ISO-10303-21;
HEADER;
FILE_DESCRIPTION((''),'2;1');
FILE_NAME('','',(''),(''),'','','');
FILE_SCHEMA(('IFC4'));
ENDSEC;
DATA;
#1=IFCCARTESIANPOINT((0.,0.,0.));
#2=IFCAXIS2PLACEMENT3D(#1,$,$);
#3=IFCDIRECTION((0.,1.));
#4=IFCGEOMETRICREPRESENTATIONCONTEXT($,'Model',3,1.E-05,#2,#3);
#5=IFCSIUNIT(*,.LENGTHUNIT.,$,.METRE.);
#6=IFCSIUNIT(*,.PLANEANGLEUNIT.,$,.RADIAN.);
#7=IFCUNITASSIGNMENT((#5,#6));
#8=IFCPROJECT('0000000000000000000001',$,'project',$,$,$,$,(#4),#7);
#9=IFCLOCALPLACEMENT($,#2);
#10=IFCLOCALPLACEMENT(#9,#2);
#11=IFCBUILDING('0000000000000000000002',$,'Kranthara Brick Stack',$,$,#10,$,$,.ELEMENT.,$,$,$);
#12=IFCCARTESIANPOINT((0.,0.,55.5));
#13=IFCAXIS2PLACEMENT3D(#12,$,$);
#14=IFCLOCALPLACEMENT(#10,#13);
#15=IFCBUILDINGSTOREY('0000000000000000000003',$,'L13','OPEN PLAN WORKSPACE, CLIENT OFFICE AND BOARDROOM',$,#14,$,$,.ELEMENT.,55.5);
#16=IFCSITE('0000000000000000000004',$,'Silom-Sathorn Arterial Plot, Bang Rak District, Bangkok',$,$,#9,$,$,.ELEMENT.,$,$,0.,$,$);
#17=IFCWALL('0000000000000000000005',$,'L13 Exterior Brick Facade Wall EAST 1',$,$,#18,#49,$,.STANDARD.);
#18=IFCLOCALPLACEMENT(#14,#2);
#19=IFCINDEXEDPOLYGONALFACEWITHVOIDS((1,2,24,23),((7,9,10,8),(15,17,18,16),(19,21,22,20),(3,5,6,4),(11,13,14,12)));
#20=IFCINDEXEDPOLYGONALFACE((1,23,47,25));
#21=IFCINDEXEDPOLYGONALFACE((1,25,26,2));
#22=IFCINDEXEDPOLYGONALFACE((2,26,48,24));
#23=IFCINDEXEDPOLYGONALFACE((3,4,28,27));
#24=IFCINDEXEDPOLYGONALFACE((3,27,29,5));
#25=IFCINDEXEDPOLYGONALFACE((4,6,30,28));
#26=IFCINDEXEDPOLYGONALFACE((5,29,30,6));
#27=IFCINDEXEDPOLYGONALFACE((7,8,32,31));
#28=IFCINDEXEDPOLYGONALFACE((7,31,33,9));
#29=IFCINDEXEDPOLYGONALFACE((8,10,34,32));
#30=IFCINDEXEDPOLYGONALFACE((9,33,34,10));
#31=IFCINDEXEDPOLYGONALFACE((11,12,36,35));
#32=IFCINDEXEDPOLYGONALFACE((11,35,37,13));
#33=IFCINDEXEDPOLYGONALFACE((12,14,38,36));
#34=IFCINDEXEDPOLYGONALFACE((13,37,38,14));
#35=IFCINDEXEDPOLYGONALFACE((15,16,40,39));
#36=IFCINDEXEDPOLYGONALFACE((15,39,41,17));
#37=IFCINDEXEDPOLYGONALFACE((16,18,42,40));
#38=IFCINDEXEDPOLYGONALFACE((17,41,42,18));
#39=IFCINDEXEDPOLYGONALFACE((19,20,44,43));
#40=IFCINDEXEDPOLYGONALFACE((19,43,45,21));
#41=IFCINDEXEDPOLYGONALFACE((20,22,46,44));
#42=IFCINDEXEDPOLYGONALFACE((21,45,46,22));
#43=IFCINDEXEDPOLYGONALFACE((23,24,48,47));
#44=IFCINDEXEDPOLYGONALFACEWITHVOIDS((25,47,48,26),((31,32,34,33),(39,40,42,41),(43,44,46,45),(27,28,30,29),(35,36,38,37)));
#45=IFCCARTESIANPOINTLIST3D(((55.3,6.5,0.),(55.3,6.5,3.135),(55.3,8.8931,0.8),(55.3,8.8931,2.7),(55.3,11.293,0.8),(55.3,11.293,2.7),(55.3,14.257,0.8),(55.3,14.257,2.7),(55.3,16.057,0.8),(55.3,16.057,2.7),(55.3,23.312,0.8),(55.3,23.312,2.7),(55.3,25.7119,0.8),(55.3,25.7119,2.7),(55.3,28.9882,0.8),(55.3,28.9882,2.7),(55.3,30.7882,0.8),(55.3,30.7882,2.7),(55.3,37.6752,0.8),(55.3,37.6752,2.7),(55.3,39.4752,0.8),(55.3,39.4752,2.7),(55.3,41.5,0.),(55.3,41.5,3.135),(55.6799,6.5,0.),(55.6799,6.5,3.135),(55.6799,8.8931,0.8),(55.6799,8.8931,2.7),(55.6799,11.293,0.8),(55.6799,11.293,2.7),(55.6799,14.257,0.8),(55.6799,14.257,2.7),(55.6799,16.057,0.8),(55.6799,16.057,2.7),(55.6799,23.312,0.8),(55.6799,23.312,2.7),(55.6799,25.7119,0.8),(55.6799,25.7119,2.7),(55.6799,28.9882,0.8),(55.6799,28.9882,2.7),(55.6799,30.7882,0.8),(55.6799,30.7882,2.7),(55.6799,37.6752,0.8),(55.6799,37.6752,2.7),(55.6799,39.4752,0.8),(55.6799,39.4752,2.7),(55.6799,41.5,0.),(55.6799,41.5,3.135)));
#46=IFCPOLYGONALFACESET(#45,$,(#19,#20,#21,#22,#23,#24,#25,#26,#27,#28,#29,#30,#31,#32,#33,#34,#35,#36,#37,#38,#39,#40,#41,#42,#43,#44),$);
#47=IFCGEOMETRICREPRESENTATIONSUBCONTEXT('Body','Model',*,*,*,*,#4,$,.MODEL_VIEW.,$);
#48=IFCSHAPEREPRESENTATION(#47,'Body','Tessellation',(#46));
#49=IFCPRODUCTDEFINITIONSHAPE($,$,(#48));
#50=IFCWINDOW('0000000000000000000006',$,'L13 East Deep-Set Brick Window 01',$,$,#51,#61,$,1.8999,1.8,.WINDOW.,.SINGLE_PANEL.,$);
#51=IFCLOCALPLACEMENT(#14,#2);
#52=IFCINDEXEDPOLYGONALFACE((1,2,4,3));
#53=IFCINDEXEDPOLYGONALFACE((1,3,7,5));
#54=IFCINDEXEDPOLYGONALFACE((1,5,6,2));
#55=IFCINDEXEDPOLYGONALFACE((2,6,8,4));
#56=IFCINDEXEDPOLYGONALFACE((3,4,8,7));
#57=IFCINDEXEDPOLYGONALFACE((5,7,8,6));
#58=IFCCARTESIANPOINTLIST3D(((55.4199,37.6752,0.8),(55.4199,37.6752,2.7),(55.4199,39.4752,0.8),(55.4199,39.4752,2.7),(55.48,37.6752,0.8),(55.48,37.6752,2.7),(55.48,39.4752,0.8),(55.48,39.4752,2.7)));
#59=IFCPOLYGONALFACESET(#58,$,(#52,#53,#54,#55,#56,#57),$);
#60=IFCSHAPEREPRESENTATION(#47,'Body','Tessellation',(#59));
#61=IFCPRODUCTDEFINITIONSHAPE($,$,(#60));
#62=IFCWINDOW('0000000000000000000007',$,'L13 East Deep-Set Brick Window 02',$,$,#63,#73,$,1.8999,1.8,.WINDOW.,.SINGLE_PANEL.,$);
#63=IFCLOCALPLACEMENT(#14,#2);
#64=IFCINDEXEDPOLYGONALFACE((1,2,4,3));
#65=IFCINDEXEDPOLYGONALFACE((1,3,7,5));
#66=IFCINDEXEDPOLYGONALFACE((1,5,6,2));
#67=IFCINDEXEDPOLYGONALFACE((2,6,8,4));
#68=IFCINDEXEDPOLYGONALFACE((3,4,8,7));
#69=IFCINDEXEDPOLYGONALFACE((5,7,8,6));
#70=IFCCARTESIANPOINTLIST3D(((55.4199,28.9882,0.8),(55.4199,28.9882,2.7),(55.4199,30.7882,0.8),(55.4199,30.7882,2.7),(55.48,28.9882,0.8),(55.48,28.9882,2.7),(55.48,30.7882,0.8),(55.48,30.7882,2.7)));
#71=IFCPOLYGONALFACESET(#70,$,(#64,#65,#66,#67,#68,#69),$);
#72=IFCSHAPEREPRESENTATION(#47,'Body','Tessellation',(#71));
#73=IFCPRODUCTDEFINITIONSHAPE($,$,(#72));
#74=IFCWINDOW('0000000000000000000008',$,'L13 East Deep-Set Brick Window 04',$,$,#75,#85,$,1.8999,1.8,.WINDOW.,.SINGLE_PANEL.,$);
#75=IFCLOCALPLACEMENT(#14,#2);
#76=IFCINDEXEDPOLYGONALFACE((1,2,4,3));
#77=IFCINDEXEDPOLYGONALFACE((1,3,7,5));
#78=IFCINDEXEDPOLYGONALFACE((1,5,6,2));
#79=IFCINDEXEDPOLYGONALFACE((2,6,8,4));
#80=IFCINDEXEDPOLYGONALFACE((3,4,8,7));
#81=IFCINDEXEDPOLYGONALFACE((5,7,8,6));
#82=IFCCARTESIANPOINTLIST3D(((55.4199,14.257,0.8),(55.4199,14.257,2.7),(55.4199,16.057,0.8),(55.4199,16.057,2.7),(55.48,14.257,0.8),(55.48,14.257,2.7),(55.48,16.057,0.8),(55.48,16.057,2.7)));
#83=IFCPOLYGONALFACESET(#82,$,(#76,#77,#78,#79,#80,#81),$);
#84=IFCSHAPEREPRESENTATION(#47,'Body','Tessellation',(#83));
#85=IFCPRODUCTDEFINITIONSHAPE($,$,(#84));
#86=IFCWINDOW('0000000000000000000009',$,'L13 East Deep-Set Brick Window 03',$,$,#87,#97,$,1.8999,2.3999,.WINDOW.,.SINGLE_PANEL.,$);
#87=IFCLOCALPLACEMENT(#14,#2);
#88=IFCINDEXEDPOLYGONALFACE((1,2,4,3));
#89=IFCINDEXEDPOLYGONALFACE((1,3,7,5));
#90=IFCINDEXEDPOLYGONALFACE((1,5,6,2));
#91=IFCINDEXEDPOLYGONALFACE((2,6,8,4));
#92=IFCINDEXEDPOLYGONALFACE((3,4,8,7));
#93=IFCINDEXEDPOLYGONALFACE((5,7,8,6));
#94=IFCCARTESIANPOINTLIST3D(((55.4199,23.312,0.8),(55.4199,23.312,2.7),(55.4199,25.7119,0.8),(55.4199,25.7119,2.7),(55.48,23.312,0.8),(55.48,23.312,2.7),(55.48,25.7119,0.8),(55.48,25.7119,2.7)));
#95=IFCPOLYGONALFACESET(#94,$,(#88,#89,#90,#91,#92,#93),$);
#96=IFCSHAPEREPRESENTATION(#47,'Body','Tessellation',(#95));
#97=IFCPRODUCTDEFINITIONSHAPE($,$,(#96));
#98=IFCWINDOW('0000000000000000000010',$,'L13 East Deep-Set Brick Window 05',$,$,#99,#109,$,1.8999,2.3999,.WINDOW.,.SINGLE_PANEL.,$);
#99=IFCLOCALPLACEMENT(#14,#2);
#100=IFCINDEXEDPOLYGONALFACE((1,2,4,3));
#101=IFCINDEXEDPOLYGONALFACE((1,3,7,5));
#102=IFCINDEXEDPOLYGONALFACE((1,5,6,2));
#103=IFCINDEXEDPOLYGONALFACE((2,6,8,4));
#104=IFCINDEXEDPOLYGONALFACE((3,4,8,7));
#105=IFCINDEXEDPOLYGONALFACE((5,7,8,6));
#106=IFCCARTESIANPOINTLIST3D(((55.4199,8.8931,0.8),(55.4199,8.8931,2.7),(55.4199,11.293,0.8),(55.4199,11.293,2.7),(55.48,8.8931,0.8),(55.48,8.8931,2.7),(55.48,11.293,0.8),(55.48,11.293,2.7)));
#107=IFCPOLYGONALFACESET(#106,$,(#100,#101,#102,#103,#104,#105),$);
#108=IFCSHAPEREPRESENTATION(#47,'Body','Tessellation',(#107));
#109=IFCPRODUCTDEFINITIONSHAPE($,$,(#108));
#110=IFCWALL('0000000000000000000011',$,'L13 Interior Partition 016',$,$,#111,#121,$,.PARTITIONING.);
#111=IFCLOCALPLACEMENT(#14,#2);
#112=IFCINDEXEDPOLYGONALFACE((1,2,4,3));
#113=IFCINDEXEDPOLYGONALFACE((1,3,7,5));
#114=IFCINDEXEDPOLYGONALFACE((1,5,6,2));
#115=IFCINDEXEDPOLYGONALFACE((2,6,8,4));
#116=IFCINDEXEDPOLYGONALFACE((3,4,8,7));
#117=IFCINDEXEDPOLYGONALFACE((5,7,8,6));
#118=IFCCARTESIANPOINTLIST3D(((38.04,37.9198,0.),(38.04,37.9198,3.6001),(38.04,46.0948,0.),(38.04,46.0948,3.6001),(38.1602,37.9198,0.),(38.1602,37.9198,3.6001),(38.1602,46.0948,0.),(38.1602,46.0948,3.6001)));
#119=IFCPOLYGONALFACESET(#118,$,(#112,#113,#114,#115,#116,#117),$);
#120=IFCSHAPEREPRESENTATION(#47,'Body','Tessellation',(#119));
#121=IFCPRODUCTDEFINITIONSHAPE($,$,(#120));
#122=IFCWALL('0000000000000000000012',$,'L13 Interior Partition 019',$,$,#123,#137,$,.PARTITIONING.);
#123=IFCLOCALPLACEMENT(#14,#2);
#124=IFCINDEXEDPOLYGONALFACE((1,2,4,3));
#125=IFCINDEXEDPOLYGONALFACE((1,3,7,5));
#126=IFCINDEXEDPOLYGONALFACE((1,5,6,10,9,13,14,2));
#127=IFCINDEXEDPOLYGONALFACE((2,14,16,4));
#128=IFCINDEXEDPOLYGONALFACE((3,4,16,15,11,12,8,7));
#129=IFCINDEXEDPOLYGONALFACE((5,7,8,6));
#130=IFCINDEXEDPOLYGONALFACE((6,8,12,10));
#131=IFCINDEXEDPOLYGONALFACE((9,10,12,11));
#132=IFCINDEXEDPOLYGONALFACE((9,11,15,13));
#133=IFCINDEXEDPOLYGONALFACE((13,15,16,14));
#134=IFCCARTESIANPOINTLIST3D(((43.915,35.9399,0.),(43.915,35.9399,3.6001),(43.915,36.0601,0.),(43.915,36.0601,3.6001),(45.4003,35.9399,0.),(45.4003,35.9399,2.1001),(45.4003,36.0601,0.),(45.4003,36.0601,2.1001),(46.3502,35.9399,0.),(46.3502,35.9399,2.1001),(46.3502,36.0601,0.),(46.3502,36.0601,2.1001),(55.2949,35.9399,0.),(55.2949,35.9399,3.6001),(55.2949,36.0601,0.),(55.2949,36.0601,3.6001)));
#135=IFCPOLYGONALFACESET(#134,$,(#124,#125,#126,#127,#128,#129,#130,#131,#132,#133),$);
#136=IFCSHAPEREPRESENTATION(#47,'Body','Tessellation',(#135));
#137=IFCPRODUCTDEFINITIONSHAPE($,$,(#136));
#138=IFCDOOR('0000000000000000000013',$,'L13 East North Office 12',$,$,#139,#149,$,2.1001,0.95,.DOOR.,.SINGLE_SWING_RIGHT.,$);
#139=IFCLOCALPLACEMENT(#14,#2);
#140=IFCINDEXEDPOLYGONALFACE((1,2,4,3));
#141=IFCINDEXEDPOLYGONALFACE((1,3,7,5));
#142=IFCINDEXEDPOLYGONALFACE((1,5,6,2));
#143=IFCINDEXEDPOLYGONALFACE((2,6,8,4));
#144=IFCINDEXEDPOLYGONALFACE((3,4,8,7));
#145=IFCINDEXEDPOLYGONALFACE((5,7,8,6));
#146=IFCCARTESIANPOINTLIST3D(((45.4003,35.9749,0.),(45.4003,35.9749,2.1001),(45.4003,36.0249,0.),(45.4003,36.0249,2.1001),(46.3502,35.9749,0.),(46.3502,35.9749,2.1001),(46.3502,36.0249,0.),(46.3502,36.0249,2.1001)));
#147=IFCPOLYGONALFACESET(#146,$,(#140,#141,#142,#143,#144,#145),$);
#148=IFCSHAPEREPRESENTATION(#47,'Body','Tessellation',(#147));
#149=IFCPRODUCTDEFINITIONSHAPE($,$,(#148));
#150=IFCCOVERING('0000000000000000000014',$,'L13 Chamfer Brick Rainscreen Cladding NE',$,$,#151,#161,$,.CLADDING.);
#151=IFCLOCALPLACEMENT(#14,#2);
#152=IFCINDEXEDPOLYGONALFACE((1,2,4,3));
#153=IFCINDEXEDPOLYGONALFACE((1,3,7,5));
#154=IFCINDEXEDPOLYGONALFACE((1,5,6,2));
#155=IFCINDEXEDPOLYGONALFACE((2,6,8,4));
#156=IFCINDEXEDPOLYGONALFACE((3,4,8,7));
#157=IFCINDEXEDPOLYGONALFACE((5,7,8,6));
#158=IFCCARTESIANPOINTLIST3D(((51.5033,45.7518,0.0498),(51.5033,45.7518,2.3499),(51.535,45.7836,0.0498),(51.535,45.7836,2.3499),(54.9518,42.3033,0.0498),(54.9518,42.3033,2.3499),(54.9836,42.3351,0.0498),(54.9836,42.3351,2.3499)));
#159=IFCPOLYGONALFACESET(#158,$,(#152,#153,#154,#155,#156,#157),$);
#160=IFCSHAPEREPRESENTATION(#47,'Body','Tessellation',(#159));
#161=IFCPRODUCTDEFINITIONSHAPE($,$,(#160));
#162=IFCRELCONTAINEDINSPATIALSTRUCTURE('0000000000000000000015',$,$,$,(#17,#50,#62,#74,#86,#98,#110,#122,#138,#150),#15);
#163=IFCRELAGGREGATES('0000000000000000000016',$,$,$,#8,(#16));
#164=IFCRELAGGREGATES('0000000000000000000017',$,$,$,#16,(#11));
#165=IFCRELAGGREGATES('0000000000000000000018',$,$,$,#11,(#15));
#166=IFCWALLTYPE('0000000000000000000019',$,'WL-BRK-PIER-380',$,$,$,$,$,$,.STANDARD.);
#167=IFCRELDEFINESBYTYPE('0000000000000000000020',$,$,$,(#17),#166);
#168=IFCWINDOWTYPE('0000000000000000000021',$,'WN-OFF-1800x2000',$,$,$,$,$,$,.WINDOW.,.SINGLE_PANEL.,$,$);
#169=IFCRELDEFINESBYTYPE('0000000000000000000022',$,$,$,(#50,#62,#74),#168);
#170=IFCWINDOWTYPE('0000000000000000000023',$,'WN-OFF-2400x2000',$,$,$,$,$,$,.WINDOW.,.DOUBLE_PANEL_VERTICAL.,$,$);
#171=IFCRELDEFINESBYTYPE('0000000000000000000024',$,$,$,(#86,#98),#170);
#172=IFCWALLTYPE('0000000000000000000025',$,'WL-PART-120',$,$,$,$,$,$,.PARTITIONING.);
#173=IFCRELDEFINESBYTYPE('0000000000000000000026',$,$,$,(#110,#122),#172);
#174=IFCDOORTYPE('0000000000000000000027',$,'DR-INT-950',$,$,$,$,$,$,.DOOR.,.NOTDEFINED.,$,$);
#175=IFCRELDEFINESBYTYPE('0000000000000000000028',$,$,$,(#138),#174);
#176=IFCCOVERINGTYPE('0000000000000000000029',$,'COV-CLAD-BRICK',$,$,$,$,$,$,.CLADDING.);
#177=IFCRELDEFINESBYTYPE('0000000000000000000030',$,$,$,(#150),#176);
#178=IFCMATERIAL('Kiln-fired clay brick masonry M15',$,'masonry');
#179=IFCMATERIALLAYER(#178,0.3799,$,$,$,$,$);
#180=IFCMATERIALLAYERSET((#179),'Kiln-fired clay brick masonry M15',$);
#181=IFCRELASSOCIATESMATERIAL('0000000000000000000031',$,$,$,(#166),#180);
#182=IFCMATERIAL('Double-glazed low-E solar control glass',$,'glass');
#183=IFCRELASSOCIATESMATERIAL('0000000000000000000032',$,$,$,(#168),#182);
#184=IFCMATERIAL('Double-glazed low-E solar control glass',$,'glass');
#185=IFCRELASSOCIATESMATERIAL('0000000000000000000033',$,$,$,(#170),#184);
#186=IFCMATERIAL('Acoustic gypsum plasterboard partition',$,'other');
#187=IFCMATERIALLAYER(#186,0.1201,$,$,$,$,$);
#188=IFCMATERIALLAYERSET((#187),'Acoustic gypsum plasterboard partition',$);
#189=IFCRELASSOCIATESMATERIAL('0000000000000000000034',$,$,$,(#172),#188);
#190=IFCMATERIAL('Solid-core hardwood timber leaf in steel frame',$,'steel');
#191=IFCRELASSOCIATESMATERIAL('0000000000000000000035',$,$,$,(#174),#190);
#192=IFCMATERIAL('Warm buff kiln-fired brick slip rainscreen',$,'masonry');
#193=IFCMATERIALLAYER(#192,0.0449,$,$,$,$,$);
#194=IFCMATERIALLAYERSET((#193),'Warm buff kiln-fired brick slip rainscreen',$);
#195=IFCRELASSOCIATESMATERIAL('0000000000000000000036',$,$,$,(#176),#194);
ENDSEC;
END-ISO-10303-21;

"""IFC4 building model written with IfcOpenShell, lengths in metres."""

from ifc_helpers import new_model, si_unit, direction, frame, frame_2d, origin, origin_2d, place, context, subcontext, project, spatial, rectangle, extrude, material, layer, layer_set, type_object, element, fill, save


model = new_model("IFC4")

# Units and contexts
model_context = context("Model", 3, precision=1e-05, world=origin(), true_north=direction((0.0, 1.0)))
body_context = subcontext(model_context, "Body", "Model", "MODEL_VIEW")
ifc_project = project(units=[si_unit("LENGTHUNIT", "METRE"), si_unit("PLANEANGLEUNIT", "RADIAN")], contexts=[model_context])

# Site, building, storey
site_placement = place(None, origin())
site = spatial("IfcSite", under=ifc_project, at=site_placement, Name="Silom-Sathorn Arterial Plot, Bang Rak District, Bangkok", CompositionType="ELEMENT", RefElevation=0.0)
building_placement = place(site_placement, origin())
building = spatial("IfcBuilding", under=site, at=building_placement, Name="Kranthara Brick Stack", CompositionType="ELEMENT")
storey_placement = place(building_placement, frame((0.0, 0.0, 55.5)))
storey = spatial("IfcBuildingStorey", under=building, at=storey_placement, Name="L13", Description="OPEN PLAN WORKSPACE, CLIENT OFFICE AND BOARDROOM", CompositionType="ELEMENT", Elevation=55.5)

# Shared definitions
ifc_material_1 = material(Name="Kiln-fired clay brick masonry M15", Category="masonry")
ifc_layer_1 = layer(ifc_material_1, 0.3799)
ifc_layer_set_1 = layer_set([ifc_layer_1], Name="Kiln-fired clay brick masonry M15")
wall_type_1 = type_object("IfcWallType", Name="WL-BRK-PIER-380", PredefinedType="STANDARD", material=ifc_layer_set_1)

# Wall, openings, windows
wall_1_placement = place(storey_placement, frame((55.49, 41.5, 0.0), z_axis=(0.0, 0.0, 1.0), x_axis=(0.0, -1.0, 0.0)))
wall_1 = element("IfcWall", 1, at=wall_1_placement, inside=storey, type_object=wall_type_1, Name="L13 Exterior Brick Facade Wall EAST 1", PredefinedType="STANDARD", context=body_context, shape_type="SweptSolid", body=[
    extrude(rectangle(XDim=35.0, YDim=0.3799, at=frame_2d((17.5, 0.0))), origin(), (0.0, 0.0, 1.0), 3.135),
])
opening_1_placement = place(wall_1_placement, frame((2.0249, 0.0, 0.8)))
opening_1 = element("IfcOpeningElement", 2, at=opening_1_placement, cuts=wall_1, PredefinedType="OPENING", context=body_context, shape_type="SweptSolid", body=[
    extrude(rectangle(XDim=1.8, YDim=1.8999, at=frame_2d((0.8999, 0.95))), frame((0.0, 0.2, 0.0), z_axis=(0.0, -1.0, 0.0), x_axis=(1.0, 0.0, 0.0)), (0.0, 0.0, 1.0), 0.3999),
])
opening_2_placement = place(wall_1_placement, frame((10.7119, 0.0, 0.8)))
opening_2 = element("IfcOpeningElement", 3, at=opening_2_placement, cuts=wall_1, PredefinedType="OPENING", context=body_context, shape_type="SweptSolid", body=[
    extrude(rectangle(XDim=1.8, YDim=1.8999, at=frame_2d((0.8999, 0.95))), frame((0.0, 0.2, 0.0), z_axis=(0.0, -1.0, 0.0), x_axis=(1.0, 0.0, 0.0)), (0.0, 0.0, 1.0), 0.3999),
])
opening_3_placement = place(wall_1_placement, frame((15.7881, 0.0, 0.8)))
opening_3 = element("IfcOpeningElement", 4, at=opening_3_placement, cuts=wall_1, PredefinedType="OPENING", context=body_context, shape_type="SweptSolid", body=[
    extrude(rectangle(XDim=2.3999, YDim=1.8999, at=frame_2d((1.2, 0.95))), frame((0.0, 0.2, 0.0), z_axis=(0.0, -1.0, 0.0), x_axis=(1.0, 0.0, 0.0)), (0.0, 0.0, 1.0), 0.3999),
])
opening_4_placement = place(wall_1_placement, frame((25.4431, 0.0, 0.8)))
opening_4 = element("IfcOpeningElement", 5, at=opening_4_placement, cuts=wall_1, PredefinedType="OPENING", context=body_context, shape_type="SweptSolid", body=[
    extrude(rectangle(XDim=1.8, YDim=1.8999, at=frame_2d((0.8999, 0.95))), frame((0.0, 0.2, 0.0), z_axis=(0.0, -1.0, 0.0), x_axis=(1.0, 0.0, 0.0)), (0.0, 0.0, 1.0), 0.3999),
])
opening_5_placement = place(wall_1_placement, frame((30.207, 0.0, 0.8)))
opening_5 = element("IfcOpeningElement", 6, at=opening_5_placement, cuts=wall_1, PredefinedType="OPENING", context=body_context, shape_type="SweptSolid", body=[
    extrude(rectangle(XDim=2.3999, YDim=1.8999, at=frame_2d((1.2, 0.95))), frame((0.0, 0.2, 0.0), z_axis=(0.0, -1.0, 0.0), x_axis=(1.0, 0.0, 0.0)), (0.0, 0.0, 1.0), 0.3999),
])
ifc_material_2 = material(Name="Double-glazed low-E solar control glass", Category="glass")
window_type_1 = type_object("IfcWindowType", Name="WN-OFF-1800x2000", PartitioningType="SINGLE_PANEL", PredefinedType="WINDOW", material=ifc_material_2)
window_1_placement = place(opening_1_placement, origin())
window_1 = element("IfcWindow", 7, at=window_1_placement, inside=storey, type_object=window_type_1, Name="L13 East Deep-Set Brick Window 01", OverallHeight=1.8999, OverallWidth=1.8, PartitioningType="SINGLE_PANEL", PredefinedType="WINDOW", context=body_context, shape_type="SweptSolid", body=[
    extrude(rectangle(XDim=1.8, YDim=1.8999, at=frame_2d((0.8999, 0.95))), frame((0.0, -0.01, 0.0), z_axis=(0.0, -1.0, 0.0), x_axis=(1.0, 0.0, 0.0)), (0.0, 0.0, 1.0), 0.0601),
])
fill(opening_1, window_1)
window_2_placement = place(opening_2_placement, origin())
window_2 = element("IfcWindow", 8, at=window_2_placement, inside=storey, type_object=window_type_1, Name="L13 East Deep-Set Brick Window 02", OverallHeight=1.8999, OverallWidth=1.8, PartitioningType="SINGLE_PANEL", PredefinedType="WINDOW", context=body_context, shape_type="SweptSolid", body=[
    extrude(rectangle(XDim=1.8, YDim=1.8999, at=frame_2d((0.8999, 0.95))), frame((0.0, -0.01, 0.0), z_axis=(0.0, -1.0, 0.0), x_axis=(1.0, 0.0, 0.0)), (0.0, 0.0, 1.0), 0.0601),
])
fill(opening_2, window_2)
window_3_placement = place(opening_4_placement, origin())
window_3 = element("IfcWindow", 9, at=window_3_placement, inside=storey, type_object=window_type_1, Name="L13 East Deep-Set Brick Window 04", OverallHeight=1.8999, OverallWidth=1.8, PartitioningType="SINGLE_PANEL", PredefinedType="WINDOW", context=body_context, shape_type="SweptSolid", body=[
    extrude(rectangle(XDim=1.8, YDim=1.8999, at=frame_2d((0.8999, 0.95))), frame((0.0, -0.01, 0.0), z_axis=(0.0, -1.0, 0.0), x_axis=(1.0, 0.0, 0.0)), (0.0, 0.0, 1.0), 0.0601),
])
fill(opening_4, window_3)
ifc_material_3 = material(Name="Double-glazed low-E solar control glass", Category="glass")
window_type_2 = type_object("IfcWindowType", Name="WN-OFF-2400x2000", PartitioningType="DOUBLE_PANEL_VERTICAL", PredefinedType="WINDOW", material=ifc_material_3)
window_4_placement = place(opening_3_placement, origin())
window_4 = element("IfcWindow", 10, at=window_4_placement, inside=storey, type_object=window_type_2, Name="L13 East Deep-Set Brick Window 03", OverallHeight=1.8999, OverallWidth=2.3999, PartitioningType="SINGLE_PANEL", PredefinedType="WINDOW", context=body_context, shape_type="SweptSolid", body=[
    extrude(rectangle(XDim=2.3999, YDim=1.8999, at=frame_2d((1.2, 0.95))), frame((0.0, -0.01, 0.0), z_axis=(0.0, -1.0, 0.0), x_axis=(1.0, 0.0, 0.0)), (0.0, 0.0, 1.0), 0.0601),
])
fill(opening_3, window_4)
window_5_placement = place(opening_5_placement, origin())
window_5 = element("IfcWindow", 11, at=window_5_placement, inside=storey, type_object=window_type_2, Name="L13 East Deep-Set Brick Window 05", OverallHeight=1.8999, OverallWidth=2.3999, PartitioningType="SINGLE_PANEL", PredefinedType="WINDOW", context=body_context, shape_type="SweptSolid", body=[
    extrude(rectangle(XDim=2.3999, YDim=1.8999, at=frame_2d((1.2, 0.95))), frame((0.0, -0.01, 0.0), z_axis=(0.0, -1.0, 0.0), x_axis=(1.0, 0.0, 0.0)), (0.0, 0.0, 1.0), 0.0601),
])
fill(opening_5, window_5)

# Wall
ifc_material_4 = material(Name="Acoustic gypsum plasterboard partition", Category="other")
ifc_layer_2 = layer(ifc_material_4, 0.1201)
ifc_layer_set_2 = layer_set([ifc_layer_2], Name="Acoustic gypsum plasterboard partition")
wall_type_2 = type_object("IfcWallType", Name="WL-PART-120", PredefinedType="PARTITIONING", material=ifc_layer_set_2)
wall_2_placement = place(storey_placement, frame((38.1001, 37.9199, 0.0), z_axis=(0.0, 0.0, 1.0), x_axis=(0.0, 1.0, 0.0)))
element("IfcWall", 12, at=wall_2_placement, inside=storey, type_object=wall_type_2, Name="L13 Interior Partition 016", PredefinedType="PARTITIONING", context=body_context, shape_type="SweptSolid", body=[
    extrude(rectangle(XDim=8.175, YDim=0.1201, at=frame_2d((4.0874, 0.0))), origin(), (0.0, 0.0, 1.0), 3.6001),
])

# Wall, opening, door
wall_3_placement = place(storey_placement, frame((43.915, 36.0, 0.0), z_axis=(0.0, 0.0, 1.0), x_axis=(1.0, 0.0, 0.0)))
wall_3 = element("IfcWall", 13, at=wall_3_placement, inside=storey, type_object=wall_type_2, Name="L13 Interior Partition 019", PredefinedType="PARTITIONING", context=body_context, shape_type="SweptSolid", body=[
    extrude(rectangle(XDim=11.3799, YDim=0.1201, at=frame_2d((5.6899, 0.0))), origin(), (0.0, 0.0, 1.0), 3.6001),
])
opening_6_placement = place(wall_3_placement, frame((1.4851, 0.0, 0.0)))
opening_6 = element("IfcOpeningElement", 14, at=opening_6_placement, cuts=wall_3, PredefinedType="OPENING", context=body_context, shape_type="SweptSolid", body=[
    extrude(rectangle(XDim=0.95, YDim=2.1001, at=frame_2d((0.4751, 1.05))), frame((0.0, 0.0701, 0.0), z_axis=(0.0, -1.0, 0.0), x_axis=(1.0, 0.0, 0.0)), (0.0, 0.0, 1.0), 0.1401),
])
ifc_material_5 = material(Name="Solid-core hardwood timber leaf in steel frame", Category="steel")
door_type = type_object("IfcDoorType", Name="DR-INT-950", OperationType="NOTDEFINED", PredefinedType="DOOR", material=ifc_material_5)
door_placement = place(opening_6_placement, origin())
door = element("IfcDoor", 15, at=door_placement, inside=storey, type_object=door_type, Name="L13 East North Office 12", OperationType="SINGLE_SWING_RIGHT", OverallHeight=2.1001, OverallWidth=0.95, PredefinedType="DOOR", context=body_context, shape_type="SweptSolid", body=[
    extrude(rectangle(XDim=0.95, YDim=2.1001, at=frame_2d((0.4751, 1.05))), frame((0.0, 0.0249, 0.0), z_axis=(0.0, -1.0, 0.0), x_axis=(1.0, 0.0, 0.0)), (0.0, 0.0, 1.0), 0.05),
])
fill(opening_6, door)

# Covering
ifc_material_6 = material(Name="Warm buff kiln-fired brick slip rainscreen", Category="masonry")
ifc_layer_3 = layer(ifc_material_6, 0.0449)
ifc_layer_set_3 = layer_set([ifc_layer_3], Name="Warm buff kiln-fired brick slip rainscreen")
covering_type = type_object("IfcCoveringType", Name="COV-CLAD-BRICK", PredefinedType="CLADDING", material=ifc_layer_set_3)
covering_placement = place(storey_placement, frame((53.2434, 44.0435, 0.0498), z_axis=(0.0, 0.0, 1.0), x_axis=(0.707107, -0.707107, 0.0)))
element("IfcCovering", 16, at=covering_placement, inside=storey, type_object=covering_type, Name="L13 Chamfer Brick Rainscreen Cladding NE", PredefinedType="CLADDING", context=body_context, shape_type="SweptSolid", body=[
    extrude(rectangle(XDim=4.877, YDim=0.0449, at=origin_2d()), origin(), (0.0, 0.0, 1.0), 2.3),
])

save(model, "model.ifc")
